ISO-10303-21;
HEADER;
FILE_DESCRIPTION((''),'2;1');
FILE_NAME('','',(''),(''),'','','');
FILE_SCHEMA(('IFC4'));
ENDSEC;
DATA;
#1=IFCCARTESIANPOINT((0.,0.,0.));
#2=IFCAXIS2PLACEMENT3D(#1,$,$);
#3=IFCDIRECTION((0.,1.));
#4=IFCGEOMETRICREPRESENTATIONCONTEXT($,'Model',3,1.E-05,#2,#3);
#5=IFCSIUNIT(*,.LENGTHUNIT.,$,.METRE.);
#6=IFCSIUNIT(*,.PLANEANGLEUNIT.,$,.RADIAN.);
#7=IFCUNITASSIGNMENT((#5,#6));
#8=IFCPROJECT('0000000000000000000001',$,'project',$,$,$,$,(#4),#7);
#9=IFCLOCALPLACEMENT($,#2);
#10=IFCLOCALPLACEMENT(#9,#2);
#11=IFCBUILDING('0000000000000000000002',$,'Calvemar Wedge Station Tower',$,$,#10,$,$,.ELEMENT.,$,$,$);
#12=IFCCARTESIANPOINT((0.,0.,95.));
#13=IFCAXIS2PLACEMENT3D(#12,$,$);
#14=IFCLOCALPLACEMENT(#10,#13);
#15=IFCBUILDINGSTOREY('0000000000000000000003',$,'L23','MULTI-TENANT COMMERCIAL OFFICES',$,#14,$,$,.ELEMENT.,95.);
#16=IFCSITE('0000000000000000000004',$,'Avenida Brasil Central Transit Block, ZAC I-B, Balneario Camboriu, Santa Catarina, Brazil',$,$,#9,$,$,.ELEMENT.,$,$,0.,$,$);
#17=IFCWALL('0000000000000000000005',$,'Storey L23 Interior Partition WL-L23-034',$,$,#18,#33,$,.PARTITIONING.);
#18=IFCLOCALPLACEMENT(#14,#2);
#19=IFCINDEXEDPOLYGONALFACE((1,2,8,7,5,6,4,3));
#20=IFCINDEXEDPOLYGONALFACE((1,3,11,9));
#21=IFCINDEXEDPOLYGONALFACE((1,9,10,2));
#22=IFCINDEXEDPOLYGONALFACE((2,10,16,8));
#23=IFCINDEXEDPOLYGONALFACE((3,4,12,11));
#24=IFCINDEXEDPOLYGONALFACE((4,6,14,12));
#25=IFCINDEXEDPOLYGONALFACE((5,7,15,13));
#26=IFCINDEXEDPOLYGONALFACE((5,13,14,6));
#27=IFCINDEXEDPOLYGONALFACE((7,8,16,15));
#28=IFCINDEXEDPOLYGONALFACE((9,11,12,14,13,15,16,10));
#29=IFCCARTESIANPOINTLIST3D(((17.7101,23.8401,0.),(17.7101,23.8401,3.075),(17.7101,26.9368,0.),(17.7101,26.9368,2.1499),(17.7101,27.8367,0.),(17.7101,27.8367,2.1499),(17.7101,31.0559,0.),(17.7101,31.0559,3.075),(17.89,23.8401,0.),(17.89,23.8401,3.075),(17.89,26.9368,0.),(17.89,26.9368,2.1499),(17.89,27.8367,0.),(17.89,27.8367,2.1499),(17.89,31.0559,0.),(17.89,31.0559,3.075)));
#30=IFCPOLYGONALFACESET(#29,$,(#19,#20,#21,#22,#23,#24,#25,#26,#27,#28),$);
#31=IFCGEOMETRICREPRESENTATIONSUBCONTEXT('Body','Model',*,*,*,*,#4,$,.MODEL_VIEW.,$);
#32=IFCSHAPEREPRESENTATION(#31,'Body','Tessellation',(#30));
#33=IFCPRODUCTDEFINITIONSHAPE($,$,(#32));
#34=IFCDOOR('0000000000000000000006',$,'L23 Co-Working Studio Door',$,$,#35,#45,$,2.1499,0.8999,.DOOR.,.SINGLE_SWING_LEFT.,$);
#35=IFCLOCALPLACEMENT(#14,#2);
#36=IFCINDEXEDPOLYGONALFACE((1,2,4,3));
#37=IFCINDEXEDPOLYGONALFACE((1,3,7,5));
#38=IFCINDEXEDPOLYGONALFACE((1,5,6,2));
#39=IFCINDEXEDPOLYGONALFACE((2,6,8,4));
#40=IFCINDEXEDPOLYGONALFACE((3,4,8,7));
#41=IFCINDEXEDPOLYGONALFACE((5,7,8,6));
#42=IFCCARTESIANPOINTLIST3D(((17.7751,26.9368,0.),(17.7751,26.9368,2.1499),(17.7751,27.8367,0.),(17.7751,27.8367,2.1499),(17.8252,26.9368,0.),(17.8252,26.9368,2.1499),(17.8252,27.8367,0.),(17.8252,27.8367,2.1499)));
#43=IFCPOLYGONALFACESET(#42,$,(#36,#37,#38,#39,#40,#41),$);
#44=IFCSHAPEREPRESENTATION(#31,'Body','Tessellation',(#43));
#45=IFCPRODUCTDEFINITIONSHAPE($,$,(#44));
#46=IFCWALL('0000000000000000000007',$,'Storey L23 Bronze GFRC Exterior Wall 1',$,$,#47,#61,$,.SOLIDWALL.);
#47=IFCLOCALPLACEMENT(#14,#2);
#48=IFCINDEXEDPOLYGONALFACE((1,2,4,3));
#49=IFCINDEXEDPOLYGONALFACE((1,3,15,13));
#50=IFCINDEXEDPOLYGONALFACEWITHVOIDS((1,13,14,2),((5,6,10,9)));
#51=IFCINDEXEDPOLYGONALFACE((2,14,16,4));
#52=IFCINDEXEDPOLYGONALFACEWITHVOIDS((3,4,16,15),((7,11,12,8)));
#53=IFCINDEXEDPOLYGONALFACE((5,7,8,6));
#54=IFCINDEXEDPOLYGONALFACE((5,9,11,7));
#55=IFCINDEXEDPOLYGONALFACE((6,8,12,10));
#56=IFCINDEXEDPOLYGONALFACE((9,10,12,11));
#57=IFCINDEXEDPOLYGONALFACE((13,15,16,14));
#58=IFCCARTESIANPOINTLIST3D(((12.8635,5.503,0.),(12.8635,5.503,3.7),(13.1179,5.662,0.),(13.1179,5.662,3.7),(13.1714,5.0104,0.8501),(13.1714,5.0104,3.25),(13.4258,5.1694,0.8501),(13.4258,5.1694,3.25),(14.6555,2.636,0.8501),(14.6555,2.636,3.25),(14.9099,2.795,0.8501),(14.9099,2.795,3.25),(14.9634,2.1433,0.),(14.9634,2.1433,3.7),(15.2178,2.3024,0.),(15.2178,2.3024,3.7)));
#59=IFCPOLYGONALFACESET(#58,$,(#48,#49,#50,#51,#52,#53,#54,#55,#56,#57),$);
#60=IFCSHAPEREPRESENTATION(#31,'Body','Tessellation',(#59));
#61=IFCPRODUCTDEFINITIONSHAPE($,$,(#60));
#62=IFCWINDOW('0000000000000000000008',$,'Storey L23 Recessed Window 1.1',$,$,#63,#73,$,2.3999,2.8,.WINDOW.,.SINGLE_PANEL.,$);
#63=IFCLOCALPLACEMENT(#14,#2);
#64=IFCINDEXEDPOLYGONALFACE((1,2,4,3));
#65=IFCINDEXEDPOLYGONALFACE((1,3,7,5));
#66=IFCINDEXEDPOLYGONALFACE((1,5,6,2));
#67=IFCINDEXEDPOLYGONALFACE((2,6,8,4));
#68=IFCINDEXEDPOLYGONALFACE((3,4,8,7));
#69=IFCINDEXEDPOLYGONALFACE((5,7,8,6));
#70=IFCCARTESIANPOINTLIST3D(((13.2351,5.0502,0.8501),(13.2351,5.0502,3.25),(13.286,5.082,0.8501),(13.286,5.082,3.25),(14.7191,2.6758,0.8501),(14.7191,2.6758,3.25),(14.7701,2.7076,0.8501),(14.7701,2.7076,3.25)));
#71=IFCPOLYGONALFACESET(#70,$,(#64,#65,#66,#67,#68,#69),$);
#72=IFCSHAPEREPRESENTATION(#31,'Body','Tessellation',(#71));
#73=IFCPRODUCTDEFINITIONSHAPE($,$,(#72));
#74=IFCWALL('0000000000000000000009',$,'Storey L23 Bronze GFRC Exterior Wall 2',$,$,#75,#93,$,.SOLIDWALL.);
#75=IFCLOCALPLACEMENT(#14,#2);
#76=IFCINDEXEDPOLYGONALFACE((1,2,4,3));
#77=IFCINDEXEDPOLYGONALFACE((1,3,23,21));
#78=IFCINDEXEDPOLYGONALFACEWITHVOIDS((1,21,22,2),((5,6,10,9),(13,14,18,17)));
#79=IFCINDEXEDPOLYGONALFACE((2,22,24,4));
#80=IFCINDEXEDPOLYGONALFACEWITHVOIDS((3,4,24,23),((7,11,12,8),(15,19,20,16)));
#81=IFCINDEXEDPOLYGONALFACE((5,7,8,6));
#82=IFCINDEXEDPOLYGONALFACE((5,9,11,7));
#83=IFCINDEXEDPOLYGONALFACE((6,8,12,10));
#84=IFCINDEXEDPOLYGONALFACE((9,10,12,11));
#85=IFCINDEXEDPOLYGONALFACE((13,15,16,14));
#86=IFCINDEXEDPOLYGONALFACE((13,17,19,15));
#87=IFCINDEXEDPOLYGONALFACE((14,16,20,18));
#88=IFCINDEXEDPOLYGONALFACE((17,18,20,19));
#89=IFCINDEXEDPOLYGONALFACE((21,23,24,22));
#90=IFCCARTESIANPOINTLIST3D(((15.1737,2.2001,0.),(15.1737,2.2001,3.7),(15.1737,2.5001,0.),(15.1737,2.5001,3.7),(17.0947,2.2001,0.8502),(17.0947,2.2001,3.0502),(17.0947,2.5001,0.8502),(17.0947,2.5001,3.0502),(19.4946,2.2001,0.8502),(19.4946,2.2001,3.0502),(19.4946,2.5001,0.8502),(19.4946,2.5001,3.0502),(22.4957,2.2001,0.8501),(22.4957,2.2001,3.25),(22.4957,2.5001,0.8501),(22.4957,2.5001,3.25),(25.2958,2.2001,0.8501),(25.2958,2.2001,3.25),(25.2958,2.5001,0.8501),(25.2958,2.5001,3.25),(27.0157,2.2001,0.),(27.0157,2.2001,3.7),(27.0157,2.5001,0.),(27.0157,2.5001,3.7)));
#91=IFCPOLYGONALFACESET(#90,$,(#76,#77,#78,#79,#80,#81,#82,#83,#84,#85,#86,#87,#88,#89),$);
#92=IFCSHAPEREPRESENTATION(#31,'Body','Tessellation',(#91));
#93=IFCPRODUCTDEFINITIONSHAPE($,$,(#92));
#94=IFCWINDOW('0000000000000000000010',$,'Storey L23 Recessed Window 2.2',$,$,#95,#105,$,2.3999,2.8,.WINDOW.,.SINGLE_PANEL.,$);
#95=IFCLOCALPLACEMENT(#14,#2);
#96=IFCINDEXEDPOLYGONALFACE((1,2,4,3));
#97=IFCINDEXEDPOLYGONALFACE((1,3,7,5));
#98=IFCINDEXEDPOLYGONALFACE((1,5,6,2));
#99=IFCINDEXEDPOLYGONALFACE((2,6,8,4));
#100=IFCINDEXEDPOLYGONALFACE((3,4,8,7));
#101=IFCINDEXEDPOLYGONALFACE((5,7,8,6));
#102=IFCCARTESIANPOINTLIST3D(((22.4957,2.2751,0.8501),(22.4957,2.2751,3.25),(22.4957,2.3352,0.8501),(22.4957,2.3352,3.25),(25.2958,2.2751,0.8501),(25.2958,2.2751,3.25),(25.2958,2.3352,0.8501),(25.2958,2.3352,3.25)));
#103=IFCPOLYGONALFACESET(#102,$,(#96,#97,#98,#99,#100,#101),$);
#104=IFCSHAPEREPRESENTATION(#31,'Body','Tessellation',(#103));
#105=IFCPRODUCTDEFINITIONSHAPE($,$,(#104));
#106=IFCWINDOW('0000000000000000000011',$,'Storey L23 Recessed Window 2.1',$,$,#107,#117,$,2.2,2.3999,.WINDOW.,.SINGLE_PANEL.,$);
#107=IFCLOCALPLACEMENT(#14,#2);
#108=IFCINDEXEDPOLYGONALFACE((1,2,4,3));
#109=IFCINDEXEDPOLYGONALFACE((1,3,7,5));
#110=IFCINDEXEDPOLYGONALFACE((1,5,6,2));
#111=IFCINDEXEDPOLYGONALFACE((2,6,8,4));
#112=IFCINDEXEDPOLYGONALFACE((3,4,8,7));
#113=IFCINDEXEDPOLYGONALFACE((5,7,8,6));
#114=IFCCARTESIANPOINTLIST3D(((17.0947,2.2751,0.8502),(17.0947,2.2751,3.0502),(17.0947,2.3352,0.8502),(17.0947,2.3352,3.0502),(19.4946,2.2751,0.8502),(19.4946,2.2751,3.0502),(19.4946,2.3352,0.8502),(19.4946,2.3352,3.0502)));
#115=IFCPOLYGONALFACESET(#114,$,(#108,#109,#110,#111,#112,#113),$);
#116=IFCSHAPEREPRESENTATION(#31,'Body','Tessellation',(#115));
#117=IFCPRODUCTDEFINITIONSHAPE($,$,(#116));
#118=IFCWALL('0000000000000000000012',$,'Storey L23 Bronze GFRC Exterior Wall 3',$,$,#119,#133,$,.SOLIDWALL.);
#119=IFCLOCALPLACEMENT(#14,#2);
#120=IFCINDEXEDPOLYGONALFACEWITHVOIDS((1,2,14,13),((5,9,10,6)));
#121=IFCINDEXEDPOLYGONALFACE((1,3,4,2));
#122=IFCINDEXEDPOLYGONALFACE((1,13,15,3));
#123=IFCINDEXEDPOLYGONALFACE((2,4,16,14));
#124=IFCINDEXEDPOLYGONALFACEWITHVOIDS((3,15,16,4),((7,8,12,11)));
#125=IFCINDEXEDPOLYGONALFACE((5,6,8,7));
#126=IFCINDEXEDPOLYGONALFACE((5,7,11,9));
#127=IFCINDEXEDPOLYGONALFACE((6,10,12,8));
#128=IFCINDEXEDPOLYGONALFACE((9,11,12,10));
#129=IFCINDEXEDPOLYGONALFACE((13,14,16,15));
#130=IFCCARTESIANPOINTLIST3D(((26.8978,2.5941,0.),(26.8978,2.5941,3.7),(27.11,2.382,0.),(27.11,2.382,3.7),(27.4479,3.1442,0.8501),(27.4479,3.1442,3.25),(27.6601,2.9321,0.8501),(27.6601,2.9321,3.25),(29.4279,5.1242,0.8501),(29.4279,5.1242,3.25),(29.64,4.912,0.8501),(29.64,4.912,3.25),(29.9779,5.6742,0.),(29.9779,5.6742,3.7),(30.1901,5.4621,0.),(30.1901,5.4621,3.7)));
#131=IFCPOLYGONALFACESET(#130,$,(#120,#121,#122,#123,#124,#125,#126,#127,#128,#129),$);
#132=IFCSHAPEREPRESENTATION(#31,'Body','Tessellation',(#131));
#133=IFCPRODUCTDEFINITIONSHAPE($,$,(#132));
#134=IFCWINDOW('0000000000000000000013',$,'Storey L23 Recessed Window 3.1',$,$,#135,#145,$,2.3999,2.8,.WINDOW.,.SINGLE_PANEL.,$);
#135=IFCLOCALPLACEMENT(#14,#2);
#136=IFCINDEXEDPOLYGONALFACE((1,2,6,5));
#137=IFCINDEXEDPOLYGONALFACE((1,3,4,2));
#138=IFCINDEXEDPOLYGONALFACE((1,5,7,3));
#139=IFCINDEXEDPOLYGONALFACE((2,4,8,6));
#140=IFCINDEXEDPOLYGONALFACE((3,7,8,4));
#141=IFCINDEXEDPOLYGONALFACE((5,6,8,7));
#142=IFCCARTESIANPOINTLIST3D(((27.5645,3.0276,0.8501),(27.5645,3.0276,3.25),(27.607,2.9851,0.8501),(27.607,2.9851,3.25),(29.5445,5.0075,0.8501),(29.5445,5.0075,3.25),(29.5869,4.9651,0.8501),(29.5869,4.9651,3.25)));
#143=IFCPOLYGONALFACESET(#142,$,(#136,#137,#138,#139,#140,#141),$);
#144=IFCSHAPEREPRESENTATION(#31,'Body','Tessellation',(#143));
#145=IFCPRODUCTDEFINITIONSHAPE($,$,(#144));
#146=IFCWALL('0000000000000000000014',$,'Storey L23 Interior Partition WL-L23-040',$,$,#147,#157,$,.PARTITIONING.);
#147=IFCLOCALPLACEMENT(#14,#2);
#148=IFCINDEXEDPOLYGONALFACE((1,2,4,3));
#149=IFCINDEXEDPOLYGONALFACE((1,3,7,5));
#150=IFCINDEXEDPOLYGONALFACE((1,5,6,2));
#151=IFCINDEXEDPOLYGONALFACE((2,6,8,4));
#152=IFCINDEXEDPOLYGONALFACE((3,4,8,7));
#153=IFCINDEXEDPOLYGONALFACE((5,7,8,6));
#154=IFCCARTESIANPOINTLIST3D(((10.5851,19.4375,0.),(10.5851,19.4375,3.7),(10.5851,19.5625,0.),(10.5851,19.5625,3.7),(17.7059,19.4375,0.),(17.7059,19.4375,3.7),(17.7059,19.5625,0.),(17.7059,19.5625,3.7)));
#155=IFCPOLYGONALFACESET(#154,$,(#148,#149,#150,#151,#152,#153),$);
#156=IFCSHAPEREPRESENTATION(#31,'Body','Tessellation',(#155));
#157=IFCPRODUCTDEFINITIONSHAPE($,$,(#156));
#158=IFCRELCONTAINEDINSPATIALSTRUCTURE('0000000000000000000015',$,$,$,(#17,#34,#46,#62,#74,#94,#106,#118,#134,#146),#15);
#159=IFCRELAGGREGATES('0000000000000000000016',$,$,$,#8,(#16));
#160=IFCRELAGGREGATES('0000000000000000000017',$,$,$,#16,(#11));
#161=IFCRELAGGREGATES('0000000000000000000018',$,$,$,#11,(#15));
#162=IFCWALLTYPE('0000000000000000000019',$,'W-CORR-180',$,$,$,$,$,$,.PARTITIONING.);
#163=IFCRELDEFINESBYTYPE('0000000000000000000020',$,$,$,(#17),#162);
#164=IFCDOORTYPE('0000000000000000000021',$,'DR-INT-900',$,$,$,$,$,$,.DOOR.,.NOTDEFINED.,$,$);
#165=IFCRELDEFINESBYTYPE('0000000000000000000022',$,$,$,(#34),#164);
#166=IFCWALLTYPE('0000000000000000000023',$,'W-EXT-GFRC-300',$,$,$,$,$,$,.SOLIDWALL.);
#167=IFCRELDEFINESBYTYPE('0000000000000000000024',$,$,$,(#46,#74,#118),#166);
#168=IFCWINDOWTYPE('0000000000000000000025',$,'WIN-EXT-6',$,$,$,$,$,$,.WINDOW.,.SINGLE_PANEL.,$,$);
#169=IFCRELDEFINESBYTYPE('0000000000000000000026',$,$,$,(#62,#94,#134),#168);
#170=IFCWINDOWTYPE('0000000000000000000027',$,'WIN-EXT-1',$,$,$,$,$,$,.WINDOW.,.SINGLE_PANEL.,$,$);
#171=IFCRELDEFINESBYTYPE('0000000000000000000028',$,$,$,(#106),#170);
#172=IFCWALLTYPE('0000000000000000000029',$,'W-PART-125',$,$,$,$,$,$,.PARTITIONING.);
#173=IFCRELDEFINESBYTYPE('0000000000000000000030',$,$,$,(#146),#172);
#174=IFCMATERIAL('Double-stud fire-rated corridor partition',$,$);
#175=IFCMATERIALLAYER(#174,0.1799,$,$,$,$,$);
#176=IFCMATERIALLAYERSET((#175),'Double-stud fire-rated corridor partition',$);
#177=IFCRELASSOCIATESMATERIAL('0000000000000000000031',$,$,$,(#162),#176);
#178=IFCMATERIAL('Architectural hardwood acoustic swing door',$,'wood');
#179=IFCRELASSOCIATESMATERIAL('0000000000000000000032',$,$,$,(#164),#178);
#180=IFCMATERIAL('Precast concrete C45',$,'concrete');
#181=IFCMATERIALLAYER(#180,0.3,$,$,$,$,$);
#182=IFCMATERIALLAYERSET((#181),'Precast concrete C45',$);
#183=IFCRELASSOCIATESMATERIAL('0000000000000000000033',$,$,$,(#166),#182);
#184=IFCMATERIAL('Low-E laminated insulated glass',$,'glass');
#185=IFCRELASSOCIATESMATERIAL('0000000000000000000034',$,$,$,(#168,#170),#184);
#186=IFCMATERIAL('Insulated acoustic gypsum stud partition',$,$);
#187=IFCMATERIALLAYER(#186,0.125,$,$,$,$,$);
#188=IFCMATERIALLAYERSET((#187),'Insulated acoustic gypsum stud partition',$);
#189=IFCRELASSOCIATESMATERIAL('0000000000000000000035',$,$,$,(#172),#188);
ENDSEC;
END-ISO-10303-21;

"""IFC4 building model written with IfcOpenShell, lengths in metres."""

from ifc_helpers import new_model, si_unit, direction, frame, frame_2d, origin, place, context, subcontext, project, spatial, rectangle, extrude, source, transform, mapped, material, layer, layer_set, type_object, element, fill, save


model = new_model("IFC4")

# Units and contexts
model_context = context("Model", 3, precision=1e-05, world=origin(), true_north=direction((0.0, 1.0)))
body_context = subcontext(model_context, "Body", "Model", "MODEL_VIEW")
ifc_project = project(units=[si_unit("LENGTHUNIT", "METRE"), si_unit("PLANEANGLEUNIT", "RADIAN")], contexts=[model_context])

# Site, building, storey
site_placement = place(None, origin())
site = spatial("IfcSite", under=ifc_project, at=site_placement, Name="Avenida Brasil Central Transit Block, ZAC I-B, Balneario Camboriu, Santa Catarina, Brazil", CompositionType="ELEMENT", RefElevation=0.0)
building_placement = place(site_placement, origin())
building = spatial("IfcBuilding", under=site, at=building_placement, Name="Calvemar Wedge Station Tower", CompositionType="ELEMENT")
storey_placement = place(building_placement, frame((0.0, 0.0, 95.0)))
storey = spatial("IfcBuildingStorey", under=building, at=storey_placement, Name="L23", Description="MULTI-TENANT COMMERCIAL OFFICES", CompositionType="ELEMENT", Elevation=95.0)

# Wall, opening, door
ifc_material_1 = material(Name="Double-stud fire-rated corridor partition")
ifc_layer_1 = layer(ifc_material_1, 0.1799)
ifc_layer_set_1 = layer_set([ifc_layer_1], Name="Double-stud fire-rated corridor partition")
wall_type_1 = type_object("IfcWallType", Name="W-CORR-180", PredefinedType="PARTITIONING", material=ifc_layer_set_1)
wall_1_placement = place(storey_placement, frame((17.8, 23.8401, 0.0), z_axis=(0.0, 0.0, 1.0), x_axis=(0.0, 1.0, 0.0)))
wall_1 = element("IfcWall", 1, at=wall_1_placement, inside=storey, type_object=wall_type_1, Name="Storey L23 Interior Partition WL-L23-034", PredefinedType="PARTITIONING", context=body_context, shape_type="SweptSolid", body=[
    extrude(rectangle(XDim=7.2158, YDim=0.1799, at=frame_2d((3.6079, 0.0))), origin(), (0.0, 0.0, 1.0), 3.075),
])
shared_shape_1 = source(origin(), body_context, "Body", "SweptSolid", [
    extrude(rectangle(XDim=0.8999, YDim=2.1499, at=frame_2d((0.45, 1.075))), frame((0.0, 0.1001, 0.0), z_axis=(0.0, -1.0, 0.0), x_axis=(1.0, 0.0, 0.0)), (0.0, 0.0, 1.0), 0.2),
])
opening_1_placement = place(wall_1_placement, frame((3.0967, 0.0, 0.0)))
opening_1 = element("IfcOpeningElement", 2, at=opening_1_placement, cuts=wall_1, PredefinedType="OPENING", context=body_context, shape_type="MappedRepresentation", body=[
    mapped(shared_shape_1, transform((0.0, 0.0, 0.0), scale=1.0)),
])
ifc_material_2 = material(Name="Architectural hardwood acoustic swing door", Category="wood")
door_type_1 = type_object("IfcDoorType", Name="DR-INT-900", OperationType="NOTDEFINED", PredefinedType="DOOR", material=ifc_material_2)
shared_shape_2 = source(origin(), body_context, "Body", "SweptSolid", [
    extrude(rectangle(XDim=0.8999, YDim=2.1499, at=frame_2d((0.45, 1.075))), frame((0.0, 0.0249, 0.0), z_axis=(0.0, -1.0, 0.0), x_axis=(1.0, 0.0, 0.0)), (0.0, 0.0, 1.0), 0.05),
])
door_1_placement = place(opening_1_placement, origin())
door_1 = element("IfcDoor", 3, at=door_1_placement, inside=storey, type_object=door_type_1, Name="L23 Co-Working Studio Door", OperationType="SINGLE_SWING_LEFT", OverallHeight=2.1499, OverallWidth=0.8999, PredefinedType="DOOR", context=body_context, shape_type="MappedRepresentation", body=[
    mapped(shared_shape_2, transform((0.0, 0.0, 0.0), scale=1.0)),
])
fill(opening_1, door_1)

# Wall, opening, window
ifc_material_3 = material(Name="Precast concrete C45", Category="concrete")
ifc_layer_2 = layer(ifc_material_3, 0.3)
ifc_layer_set_2 = layer_set([ifc_layer_2], Name="Precast concrete C45")
wall_type_2 = type_object("IfcWallType", Name="W-EXT-GFRC-300", PredefinedType="SOLIDWALL", material=ifc_layer_set_2)
wall_2_placement = place(storey_placement, frame((12.9907, 5.5825, 0.0), z_axis=(0.0, 0.0, 1.0), x_axis=(0.530016, -0.847988, 0.0)))
wall_2 = element("IfcWall", 4, at=wall_2_placement, inside=storey, type_object=wall_type_2, Name="Storey L23 Bronze GFRC Exterior Wall 1", PredefinedType="SOLIDWALL", context=body_context, shape_type="SweptSolid", body=[
    extrude(rectangle(XDim=3.9619, YDim=0.3, at=frame_2d((1.981, 0.0))), origin(), (0.0, 0.0, 1.0), 3.7),
])
shared_shape_3 = source(origin(), body_context, "Body", "SweptSolid", [
    extrude(rectangle(XDim=2.8, YDim=2.3999, at=frame_2d((1.3999, 1.2))), frame((0.0, 0.1602, 0.0), z_axis=(0.0, -1.0, 0.0), x_axis=(1.0, 0.0, 0.0)), (0.0, 0.0, 1.0), 0.3201),
])
opening_2_placement = place(wall_2_placement, frame((0.5811, 0.0, 0.8501)))
opening_2 = element("IfcOpeningElement", 5, at=opening_2_placement, cuts=wall_2, PredefinedType="OPENING", context=body_context, shape_type="MappedRepresentation", body=[
    mapped(shared_shape_3, transform((0.0, 0.0, 0.0), scale=1.0)),
])
ifc_material_4 = material(Name="Low-E laminated insulated glass", Category="glass")
window_type_1 = type_object("IfcWindowType", Name="WIN-EXT-6", PartitioningType="SINGLE_PANEL", PredefinedType="WINDOW", material=ifc_material_4)
shared_shape_4 = source(origin(), body_context, "Body", "SweptSolid", [
    extrude(rectangle(XDim=2.8, YDim=2.3999, at=frame_2d((1.3999, 1.2))), frame((0.0, -0.0149, 0.0), z_axis=(0.0, -1.0, 0.0), x_axis=(1.0, 0.0, 0.0)), (0.0, 0.0, 1.0), 0.0601),
])
window_1_placement = place(opening_2_placement, origin())
window_1 = element("IfcWindow", 6, at=window_1_placement, inside=storey, type_object=window_type_1, Name="Storey L23 Recessed Window 1.1", OverallHeight=2.3999, OverallWidth=2.8, PartitioningType="SINGLE_PANEL", PredefinedType="WINDOW", context=body_context, shape_type="MappedRepresentation", body=[
    mapped(shared_shape_4, transform((0.0, 0.0, 0.0), scale=1.0)),
])
fill(opening_2, window_1)

# Wall, openings, windows
wall_3_placement = place(storey_placement, frame((15.1738, 2.3501, 0.0), z_axis=(0.0, 0.0, 1.0), x_axis=(1.0, 0.0, 0.0)))
wall_3 = element("IfcWall", 7, at=wall_3_placement, inside=storey, type_object=wall_type_2, Name="Storey L23 Bronze GFRC Exterior Wall 2", PredefinedType="SOLIDWALL", context=body_context, shape_type="SweptSolid", body=[
    extrude(rectangle(XDim=11.842, YDim=0.3, at=frame_2d((5.9209, 0.0))), origin(), (0.0, 0.0, 1.0), 3.7),
])
shared_shape_5 = source(origin(), body_context, "Body", "SweptSolid", [
    extrude(rectangle(XDim=2.3999, YDim=2.2, at=frame_2d((1.2, 1.1001))), frame((0.0, 0.1602, 0.0), z_axis=(0.0, -1.0, 0.0), x_axis=(1.0, 0.0, 0.0)), (0.0, 0.0, 1.0), 0.3201),
])
opening_3_placement = place(wall_3_placement, frame((1.9209, 0.0, 0.8501)))
opening_3 = element("IfcOpeningElement", 8, at=opening_3_placement, cuts=wall_3, PredefinedType="OPENING", context=body_context, shape_type="MappedRepresentation", body=[
    mapped(shared_shape_5, transform((0.0, 0.0, 0.0), scale=1.0)),
])
opening_4_placement = place(wall_3_placement, frame((7.322, 0.0, 0.8501)))
opening_4 = element("IfcOpeningElement", 9, at=opening_4_placement, cuts=wall_3, PredefinedType="OPENING", context=body_context, shape_type="MappedRepresentation", body=[
    mapped(shared_shape_3, transform((0.0, 0.0, 0.0), scale=1.0)),
])
window_2_placement = place(opening_4_placement, origin())
window_2 = element("IfcWindow", 10, at=window_2_placement, inside=storey, type_object=window_type_1, Name="Storey L23 Recessed Window 2.2", OverallHeight=2.3999, OverallWidth=2.8, PartitioningType="SINGLE_PANEL", PredefinedType="WINDOW", context=body_context, shape_type="MappedRepresentation", body=[
    mapped(shared_shape_4, transform((0.0, 0.0, 0.0), scale=1.0)),
])
fill(opening_4, window_2)
window_type_2 = type_object("IfcWindowType", Name="WIN-EXT-1", PartitioningType="SINGLE_PANEL", PredefinedType="WINDOW", material=ifc_material_4)
shared_shape_6 = source(origin(), body_context, "Body", "SweptSolid", [
    extrude(rectangle(XDim=2.3999, YDim=2.2, at=frame_2d((1.2, 1.1001))), frame((0.0, -0.0149, 0.0), z_axis=(0.0, -1.0, 0.0), x_axis=(1.0, 0.0, 0.0)), (0.0, 0.0, 1.0), 0.0601),
])
window_3_placement = place(opening_3_placement, origin())
window_3 = element("IfcWindow", 11, at=window_3_placement, inside=storey, type_object=window_type_2, Name="Storey L23 Recessed Window 2.1", OverallHeight=2.2, OverallWidth=2.3999, PartitioningType="SINGLE_PANEL", PredefinedType="WINDOW", context=body_context, shape_type="MappedRepresentation", body=[
    mapped(shared_shape_6, transform((0.0, 0.0, 0.0), scale=1.0)),
])
fill(opening_3, window_3)

# Wall, opening, window
wall_4_placement = place(storey_placement, frame((27.0039, 2.488, 0.0), z_axis=(0.0, 0.0, 1.0), x_axis=(0.707107, 0.707107, 0.0)))
wall_4 = element("IfcWall", 12, at=wall_4_placement, inside=storey, type_object=wall_type_2, Name="Storey L23 Bronze GFRC Exterior Wall 3", PredefinedType="SOLIDWALL", context=body_context, shape_type="SweptSolid", body=[
    extrude(rectangle(XDim=4.356, YDim=0.3, at=frame_2d((2.178, 0.0))), origin(), (0.0, 0.0, 1.0), 3.7),
])
opening_5_placement = place(wall_4_placement, frame((0.7781, 0.0, 0.8501)))
opening_5 = element("IfcOpeningElement", 13, at=opening_5_placement, cuts=wall_4, PredefinedType="OPENING", context=body_context, shape_type="MappedRepresentation", body=[
    mapped(shared_shape_3, transform((0.0, 0.0, 0.0), scale=1.0)),
])
window_4_placement = place(opening_5_placement, origin())
window_4 = element("IfcWindow", 14, at=window_4_placement, inside=storey, type_object=window_type_1, Name="Storey L23 Recessed Window 3.1", OverallHeight=2.3999, OverallWidth=2.8, PartitioningType="SINGLE_PANEL", PredefinedType="WINDOW", context=body_context, shape_type="MappedRepresentation", body=[
    mapped(shared_shape_4, transform((0.0, 0.0, 0.0), scale=1.0)),
])
fill(opening_5, window_4)

# Wall
ifc_material_5 = material(Name="Insulated acoustic gypsum stud partition")
ifc_layer_3 = layer(ifc_material_5, 0.125)
ifc_layer_set_3 = layer_set([ifc_layer_3], Name="Insulated acoustic gypsum stud partition")
wall_type_3 = type_object("IfcWallType", Name="W-PART-125", PredefinedType="PARTITIONING", material=ifc_layer_set_3)
wall_5_placement = place(storey_placement, frame((17.7061, 19.5, 0.0), z_axis=(0.0, 0.0, 1.0), x_axis=(-1.0, 0.0, 0.0)))
element("IfcWall", 15, at=wall_5_placement, inside=storey, type_object=wall_type_3, Name="Storey L23 Interior Partition WL-L23-040", PredefinedType="PARTITIONING", context=body_context, shape_type="SweptSolid", body=[
    extrude(rectangle(XDim=7.1208, YDim=0.125, at=frame_2d((3.5605, 0.0))), origin(), (0.0, 0.0, 1.0), 3.7),
])

save(model, "model.ifc")
